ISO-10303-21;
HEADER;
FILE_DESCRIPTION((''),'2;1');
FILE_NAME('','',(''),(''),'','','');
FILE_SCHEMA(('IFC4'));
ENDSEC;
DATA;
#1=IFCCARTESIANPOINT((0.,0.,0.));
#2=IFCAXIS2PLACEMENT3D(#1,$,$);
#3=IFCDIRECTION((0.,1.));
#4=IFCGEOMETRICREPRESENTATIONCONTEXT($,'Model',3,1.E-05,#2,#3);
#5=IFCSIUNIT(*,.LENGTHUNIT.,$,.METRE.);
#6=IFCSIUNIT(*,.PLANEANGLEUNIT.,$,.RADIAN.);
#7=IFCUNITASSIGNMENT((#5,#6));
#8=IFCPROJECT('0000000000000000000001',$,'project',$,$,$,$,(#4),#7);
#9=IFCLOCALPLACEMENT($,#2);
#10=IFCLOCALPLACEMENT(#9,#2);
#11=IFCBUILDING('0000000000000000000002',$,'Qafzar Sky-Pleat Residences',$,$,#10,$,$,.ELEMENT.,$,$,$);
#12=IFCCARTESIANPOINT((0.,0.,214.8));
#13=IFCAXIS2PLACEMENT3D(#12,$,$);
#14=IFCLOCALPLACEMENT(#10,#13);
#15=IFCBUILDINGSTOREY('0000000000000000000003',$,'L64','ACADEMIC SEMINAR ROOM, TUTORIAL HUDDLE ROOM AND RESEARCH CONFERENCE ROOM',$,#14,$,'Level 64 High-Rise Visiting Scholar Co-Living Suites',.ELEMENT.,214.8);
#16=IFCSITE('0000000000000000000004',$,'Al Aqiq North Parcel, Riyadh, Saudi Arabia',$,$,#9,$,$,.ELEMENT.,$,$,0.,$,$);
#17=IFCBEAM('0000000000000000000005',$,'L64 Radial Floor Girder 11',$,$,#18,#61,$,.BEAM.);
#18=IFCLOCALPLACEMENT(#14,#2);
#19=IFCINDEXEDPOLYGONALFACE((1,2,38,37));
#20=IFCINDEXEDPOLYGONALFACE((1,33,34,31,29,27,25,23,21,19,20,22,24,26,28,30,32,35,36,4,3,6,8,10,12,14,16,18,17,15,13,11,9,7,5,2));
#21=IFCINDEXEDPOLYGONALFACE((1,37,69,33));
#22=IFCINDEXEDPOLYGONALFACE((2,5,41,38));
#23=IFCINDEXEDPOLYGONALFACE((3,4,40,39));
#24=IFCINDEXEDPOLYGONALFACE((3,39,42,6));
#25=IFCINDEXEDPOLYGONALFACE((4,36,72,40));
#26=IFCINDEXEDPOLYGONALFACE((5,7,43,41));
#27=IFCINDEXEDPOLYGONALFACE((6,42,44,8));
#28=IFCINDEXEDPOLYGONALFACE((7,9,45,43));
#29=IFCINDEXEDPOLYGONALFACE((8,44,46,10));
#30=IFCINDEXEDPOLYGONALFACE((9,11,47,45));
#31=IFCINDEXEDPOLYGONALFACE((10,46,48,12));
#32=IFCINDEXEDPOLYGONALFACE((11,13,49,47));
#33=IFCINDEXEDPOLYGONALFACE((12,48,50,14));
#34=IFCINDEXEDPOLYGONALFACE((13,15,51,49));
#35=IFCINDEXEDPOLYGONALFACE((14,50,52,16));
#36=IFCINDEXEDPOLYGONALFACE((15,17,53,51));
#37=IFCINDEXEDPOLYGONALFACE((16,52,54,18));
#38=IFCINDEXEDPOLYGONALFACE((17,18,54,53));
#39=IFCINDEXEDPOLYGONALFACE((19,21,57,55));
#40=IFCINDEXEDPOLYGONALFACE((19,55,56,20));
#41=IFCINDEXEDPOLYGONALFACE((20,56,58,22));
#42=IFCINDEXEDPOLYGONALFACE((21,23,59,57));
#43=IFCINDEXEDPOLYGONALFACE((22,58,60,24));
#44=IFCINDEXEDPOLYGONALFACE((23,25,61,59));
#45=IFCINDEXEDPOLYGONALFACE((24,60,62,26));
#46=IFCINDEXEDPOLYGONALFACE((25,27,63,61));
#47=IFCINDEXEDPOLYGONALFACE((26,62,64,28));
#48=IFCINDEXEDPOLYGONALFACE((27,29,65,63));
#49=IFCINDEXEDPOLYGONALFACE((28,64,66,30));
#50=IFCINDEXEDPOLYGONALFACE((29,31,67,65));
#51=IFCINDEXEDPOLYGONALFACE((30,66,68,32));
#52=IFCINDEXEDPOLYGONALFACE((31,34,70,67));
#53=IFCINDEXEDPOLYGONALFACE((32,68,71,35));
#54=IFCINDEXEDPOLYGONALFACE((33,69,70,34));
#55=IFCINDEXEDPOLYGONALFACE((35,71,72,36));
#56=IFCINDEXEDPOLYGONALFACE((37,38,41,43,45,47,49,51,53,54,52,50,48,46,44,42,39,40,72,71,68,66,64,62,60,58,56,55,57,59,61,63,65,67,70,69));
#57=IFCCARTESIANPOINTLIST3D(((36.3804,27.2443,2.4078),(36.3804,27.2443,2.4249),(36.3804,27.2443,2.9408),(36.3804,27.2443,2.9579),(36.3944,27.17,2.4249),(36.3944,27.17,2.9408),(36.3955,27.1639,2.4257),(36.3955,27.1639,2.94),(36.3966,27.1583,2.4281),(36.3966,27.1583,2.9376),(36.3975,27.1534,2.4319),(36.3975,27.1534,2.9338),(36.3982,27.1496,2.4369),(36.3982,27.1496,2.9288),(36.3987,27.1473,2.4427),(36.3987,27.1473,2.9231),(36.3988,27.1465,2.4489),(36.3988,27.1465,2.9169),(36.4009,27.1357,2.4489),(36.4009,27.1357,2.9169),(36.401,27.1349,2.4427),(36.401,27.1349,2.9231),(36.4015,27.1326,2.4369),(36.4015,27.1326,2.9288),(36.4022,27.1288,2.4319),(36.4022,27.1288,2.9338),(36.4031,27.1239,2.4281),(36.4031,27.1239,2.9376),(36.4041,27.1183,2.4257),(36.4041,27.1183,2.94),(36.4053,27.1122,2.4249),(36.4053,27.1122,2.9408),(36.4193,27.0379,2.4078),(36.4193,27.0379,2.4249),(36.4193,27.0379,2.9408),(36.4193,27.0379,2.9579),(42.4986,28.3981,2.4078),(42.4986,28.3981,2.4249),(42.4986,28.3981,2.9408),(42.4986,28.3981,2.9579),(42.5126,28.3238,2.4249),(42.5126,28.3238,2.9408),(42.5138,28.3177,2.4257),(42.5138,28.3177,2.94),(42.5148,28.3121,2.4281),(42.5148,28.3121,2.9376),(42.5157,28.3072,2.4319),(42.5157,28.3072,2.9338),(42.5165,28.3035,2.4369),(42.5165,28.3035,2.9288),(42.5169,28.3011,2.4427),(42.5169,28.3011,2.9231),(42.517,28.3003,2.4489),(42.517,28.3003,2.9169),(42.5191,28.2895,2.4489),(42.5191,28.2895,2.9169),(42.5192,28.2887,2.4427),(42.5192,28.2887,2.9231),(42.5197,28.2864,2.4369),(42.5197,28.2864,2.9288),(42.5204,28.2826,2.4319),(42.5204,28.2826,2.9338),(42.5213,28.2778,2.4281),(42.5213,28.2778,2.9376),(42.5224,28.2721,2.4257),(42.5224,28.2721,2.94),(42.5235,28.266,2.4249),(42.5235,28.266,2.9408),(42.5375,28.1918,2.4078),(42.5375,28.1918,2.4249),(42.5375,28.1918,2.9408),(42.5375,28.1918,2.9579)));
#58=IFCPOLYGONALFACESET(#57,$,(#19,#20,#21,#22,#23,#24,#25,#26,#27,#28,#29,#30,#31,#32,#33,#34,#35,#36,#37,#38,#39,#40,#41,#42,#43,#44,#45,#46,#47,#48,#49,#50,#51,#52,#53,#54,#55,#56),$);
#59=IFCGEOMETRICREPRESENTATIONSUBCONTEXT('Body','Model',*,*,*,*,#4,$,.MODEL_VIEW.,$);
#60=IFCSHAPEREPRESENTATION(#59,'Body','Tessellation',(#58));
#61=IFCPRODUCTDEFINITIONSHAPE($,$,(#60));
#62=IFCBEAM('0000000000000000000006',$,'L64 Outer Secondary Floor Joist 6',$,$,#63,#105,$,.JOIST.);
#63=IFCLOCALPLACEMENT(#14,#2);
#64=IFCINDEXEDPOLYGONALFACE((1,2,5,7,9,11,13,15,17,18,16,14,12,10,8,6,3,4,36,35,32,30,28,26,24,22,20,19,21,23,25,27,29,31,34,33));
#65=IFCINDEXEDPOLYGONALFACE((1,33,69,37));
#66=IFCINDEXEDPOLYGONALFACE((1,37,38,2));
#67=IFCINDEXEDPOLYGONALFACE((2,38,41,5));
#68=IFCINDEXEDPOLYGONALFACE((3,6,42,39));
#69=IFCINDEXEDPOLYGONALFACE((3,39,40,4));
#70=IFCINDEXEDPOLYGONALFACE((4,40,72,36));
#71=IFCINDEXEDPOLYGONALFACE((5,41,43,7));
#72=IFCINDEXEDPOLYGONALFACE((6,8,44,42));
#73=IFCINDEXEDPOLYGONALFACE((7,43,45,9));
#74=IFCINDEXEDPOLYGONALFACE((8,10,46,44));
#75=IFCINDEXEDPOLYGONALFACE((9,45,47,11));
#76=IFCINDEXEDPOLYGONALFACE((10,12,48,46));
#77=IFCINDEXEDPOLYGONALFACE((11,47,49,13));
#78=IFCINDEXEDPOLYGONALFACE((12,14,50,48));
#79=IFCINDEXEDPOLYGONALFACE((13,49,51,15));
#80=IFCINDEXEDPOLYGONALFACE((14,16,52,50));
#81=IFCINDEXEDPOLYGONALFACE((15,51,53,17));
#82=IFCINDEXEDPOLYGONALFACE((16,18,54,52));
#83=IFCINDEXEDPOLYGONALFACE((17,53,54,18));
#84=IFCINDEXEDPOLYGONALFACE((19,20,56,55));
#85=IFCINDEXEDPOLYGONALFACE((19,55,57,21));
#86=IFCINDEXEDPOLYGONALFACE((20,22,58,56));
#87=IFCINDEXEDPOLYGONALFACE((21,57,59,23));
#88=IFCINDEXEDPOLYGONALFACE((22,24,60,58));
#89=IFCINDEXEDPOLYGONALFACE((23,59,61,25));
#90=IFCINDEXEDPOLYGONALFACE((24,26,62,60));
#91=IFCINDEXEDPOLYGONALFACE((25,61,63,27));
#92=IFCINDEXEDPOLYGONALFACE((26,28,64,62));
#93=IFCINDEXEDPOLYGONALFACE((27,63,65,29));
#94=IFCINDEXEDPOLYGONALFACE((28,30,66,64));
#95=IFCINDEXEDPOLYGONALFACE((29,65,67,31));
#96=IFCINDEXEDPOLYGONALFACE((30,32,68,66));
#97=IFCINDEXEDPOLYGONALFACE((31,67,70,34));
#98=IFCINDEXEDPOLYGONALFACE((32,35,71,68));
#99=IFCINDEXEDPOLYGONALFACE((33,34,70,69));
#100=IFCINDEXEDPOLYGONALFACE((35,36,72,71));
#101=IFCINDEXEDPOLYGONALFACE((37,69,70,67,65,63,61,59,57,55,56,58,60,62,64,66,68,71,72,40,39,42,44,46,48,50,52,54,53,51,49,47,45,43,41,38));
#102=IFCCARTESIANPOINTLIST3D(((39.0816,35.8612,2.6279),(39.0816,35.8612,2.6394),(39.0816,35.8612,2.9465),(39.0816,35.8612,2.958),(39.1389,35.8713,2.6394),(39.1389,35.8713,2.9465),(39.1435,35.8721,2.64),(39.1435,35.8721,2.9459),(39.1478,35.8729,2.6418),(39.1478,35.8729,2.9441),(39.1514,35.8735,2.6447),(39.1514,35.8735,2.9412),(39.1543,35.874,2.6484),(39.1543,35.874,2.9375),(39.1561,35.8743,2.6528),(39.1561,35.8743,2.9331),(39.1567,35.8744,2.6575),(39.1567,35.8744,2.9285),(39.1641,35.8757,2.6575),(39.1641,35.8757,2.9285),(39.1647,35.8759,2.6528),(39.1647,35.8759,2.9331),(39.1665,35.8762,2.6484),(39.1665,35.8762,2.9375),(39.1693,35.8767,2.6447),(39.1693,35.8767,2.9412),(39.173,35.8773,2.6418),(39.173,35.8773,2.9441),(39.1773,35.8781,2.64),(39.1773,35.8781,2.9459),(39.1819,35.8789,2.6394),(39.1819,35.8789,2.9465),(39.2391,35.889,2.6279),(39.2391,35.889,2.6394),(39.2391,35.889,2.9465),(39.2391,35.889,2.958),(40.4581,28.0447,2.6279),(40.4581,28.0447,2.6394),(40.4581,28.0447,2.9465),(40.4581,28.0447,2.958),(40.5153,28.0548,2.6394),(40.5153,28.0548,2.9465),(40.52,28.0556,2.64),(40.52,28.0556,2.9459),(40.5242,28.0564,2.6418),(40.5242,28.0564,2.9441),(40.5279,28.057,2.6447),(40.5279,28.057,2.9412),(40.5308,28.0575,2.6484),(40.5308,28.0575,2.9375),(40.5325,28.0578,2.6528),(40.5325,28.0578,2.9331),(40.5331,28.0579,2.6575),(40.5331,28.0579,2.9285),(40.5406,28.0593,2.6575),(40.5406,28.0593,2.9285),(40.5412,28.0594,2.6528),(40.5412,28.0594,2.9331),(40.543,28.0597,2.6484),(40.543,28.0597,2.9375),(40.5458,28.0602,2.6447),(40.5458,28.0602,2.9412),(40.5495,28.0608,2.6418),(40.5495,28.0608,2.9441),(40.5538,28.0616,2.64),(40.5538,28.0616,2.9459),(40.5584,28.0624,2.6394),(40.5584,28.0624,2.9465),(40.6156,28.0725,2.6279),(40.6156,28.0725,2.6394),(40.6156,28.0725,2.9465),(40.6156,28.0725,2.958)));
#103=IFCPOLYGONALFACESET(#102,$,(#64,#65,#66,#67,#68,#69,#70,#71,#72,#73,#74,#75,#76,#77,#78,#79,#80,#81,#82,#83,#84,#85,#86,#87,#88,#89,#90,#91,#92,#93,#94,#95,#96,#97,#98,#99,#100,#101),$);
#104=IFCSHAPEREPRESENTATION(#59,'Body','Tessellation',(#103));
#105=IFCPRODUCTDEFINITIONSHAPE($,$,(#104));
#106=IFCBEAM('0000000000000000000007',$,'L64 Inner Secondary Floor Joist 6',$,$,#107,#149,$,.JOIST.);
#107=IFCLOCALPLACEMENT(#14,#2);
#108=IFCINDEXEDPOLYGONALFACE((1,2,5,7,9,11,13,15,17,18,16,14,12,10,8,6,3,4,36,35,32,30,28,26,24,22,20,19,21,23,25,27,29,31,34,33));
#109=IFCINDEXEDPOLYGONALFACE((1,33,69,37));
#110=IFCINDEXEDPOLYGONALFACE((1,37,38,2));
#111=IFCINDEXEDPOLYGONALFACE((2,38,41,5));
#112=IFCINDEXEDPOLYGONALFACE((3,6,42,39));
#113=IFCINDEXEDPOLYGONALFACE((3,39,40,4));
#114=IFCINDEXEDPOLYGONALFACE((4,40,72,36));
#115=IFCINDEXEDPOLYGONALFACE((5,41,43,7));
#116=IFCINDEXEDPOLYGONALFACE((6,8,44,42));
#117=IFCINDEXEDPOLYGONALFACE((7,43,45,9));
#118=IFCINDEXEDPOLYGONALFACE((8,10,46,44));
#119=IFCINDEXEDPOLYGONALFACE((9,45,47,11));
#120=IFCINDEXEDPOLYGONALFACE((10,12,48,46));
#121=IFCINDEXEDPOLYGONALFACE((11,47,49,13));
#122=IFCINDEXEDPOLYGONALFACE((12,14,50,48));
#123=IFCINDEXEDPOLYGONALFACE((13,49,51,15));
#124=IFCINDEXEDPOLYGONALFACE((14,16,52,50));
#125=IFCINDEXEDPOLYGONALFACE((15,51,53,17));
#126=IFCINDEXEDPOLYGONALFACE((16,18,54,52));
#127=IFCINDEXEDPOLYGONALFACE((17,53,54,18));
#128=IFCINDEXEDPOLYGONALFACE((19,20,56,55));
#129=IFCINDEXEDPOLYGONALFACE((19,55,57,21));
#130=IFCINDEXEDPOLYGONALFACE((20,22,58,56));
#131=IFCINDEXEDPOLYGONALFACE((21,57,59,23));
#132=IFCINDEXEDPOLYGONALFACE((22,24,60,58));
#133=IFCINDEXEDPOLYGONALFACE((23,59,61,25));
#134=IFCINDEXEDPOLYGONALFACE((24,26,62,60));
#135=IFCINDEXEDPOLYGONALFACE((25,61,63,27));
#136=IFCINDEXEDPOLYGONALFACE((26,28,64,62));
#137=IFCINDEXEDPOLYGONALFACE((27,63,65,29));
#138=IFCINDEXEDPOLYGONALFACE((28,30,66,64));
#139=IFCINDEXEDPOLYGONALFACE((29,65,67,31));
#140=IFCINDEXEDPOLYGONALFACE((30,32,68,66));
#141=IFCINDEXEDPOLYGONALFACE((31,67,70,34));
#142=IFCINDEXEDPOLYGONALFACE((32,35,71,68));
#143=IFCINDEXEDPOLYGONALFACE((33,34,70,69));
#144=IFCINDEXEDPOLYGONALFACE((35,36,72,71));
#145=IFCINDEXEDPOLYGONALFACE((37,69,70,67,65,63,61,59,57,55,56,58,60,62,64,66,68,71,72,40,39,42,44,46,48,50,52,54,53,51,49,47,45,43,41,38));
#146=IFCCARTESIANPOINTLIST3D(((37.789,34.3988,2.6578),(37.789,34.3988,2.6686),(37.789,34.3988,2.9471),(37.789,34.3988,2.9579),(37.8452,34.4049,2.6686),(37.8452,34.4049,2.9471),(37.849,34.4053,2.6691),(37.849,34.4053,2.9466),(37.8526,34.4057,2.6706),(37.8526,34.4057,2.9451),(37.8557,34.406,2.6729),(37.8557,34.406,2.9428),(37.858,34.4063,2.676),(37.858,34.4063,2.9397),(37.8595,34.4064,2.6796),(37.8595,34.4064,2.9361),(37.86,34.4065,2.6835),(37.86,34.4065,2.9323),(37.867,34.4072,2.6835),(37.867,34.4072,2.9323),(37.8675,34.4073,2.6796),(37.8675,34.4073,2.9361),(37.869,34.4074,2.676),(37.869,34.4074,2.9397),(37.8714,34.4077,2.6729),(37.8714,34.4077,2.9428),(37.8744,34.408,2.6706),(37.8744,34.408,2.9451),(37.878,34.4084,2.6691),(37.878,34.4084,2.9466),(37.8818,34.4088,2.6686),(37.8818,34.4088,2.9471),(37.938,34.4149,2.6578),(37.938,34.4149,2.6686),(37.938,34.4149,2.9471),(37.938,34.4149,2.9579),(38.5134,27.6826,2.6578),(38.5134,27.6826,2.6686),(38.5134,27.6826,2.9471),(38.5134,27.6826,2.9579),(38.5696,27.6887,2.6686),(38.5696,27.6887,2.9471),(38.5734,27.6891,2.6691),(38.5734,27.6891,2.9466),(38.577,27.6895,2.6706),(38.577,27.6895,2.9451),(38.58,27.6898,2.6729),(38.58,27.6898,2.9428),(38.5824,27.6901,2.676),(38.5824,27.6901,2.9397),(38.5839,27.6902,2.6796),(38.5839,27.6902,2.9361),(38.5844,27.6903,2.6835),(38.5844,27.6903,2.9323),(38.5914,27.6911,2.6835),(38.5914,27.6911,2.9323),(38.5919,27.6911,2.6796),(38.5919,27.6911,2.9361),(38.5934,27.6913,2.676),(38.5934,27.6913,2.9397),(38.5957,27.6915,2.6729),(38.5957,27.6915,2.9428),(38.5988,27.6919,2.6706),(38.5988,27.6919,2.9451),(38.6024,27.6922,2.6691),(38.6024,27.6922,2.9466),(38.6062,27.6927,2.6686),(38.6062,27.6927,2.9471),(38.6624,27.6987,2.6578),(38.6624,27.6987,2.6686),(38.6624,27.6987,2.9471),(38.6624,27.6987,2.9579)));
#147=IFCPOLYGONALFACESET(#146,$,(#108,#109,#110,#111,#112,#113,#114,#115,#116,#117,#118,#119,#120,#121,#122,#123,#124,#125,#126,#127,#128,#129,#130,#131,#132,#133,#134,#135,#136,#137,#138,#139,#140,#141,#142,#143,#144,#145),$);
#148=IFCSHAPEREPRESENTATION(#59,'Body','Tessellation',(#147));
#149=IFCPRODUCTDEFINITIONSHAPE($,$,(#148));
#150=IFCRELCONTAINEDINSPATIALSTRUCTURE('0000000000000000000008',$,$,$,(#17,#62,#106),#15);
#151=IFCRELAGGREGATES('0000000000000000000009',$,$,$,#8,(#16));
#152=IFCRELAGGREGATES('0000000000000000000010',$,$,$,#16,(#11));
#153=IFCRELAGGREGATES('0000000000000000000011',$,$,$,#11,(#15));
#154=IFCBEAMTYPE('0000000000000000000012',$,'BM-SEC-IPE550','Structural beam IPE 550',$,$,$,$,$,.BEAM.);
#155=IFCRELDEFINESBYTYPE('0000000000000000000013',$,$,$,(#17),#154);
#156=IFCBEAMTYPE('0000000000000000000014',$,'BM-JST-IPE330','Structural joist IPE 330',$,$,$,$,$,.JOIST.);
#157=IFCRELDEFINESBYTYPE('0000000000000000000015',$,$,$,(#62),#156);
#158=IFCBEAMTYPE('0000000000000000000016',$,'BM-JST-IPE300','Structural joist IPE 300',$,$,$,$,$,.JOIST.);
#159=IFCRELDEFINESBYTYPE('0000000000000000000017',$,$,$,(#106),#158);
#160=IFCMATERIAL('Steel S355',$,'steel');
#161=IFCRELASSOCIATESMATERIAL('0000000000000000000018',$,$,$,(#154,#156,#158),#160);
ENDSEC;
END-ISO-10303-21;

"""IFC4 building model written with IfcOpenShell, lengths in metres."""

from ifc_helpers import new_model, si_unit, direction, frame, origin, origin_2d, place, context, subcontext, project, spatial, i_section, extrude, source, transform, mapped, material, material_profile, profile_set, type_object, element, save


model = new_model("IFC4")

# Units and contexts
model_context = context("Model", 3, precision=1e-05, world=origin(), true_north=direction((0.0, 1.0)))
body_context = subcontext(model_context, "Body", "Model", "MODEL_VIEW")
ifc_project = project(units=[si_unit("LENGTHUNIT", "METRE"), si_unit("PLANEANGLEUNIT", "RADIAN")], contexts=[model_context])

# Site, building, storey
site_placement = place(None, origin())
site = spatial("IfcSite", under=ifc_project, at=site_placement, Name="Al Aqiq North Parcel, Riyadh, Saudi Arabia", CompositionType="ELEMENT", RefElevation=0.0)
building_placement = place(site_placement, origin())
building = spatial("IfcBuilding", under=site, at=building_placement, Name="Qafzar Sky-Pleat Residences", CompositionType="ELEMENT")
storey_placement = place(building_placement, frame((0.0, 0.0, 214.8)))
storey = spatial("IfcBuildingStorey", under=building, at=storey_placement, Name="L64", Description="ACADEMIC SEMINAR ROOM, TUTORIAL HUDDLE ROOM AND RESEARCH CONFERENCE ROOM", LongName="Level 64 High-Rise Visiting Scholar Co-Living Suites", CompositionType="ELEMENT", Elevation=214.8)

# Shared definitions
ifc_material_1 = material(Name="Steel S355", Category="steel")

# Beams
ifc_material_profile_1 = material_profile(ifc_material_1, i_section(OverallWidth=0.21, OverallDepth=0.55, WebThickness=0.011, FlangeThickness=0.0171, FilletRadius=0.0239, at=origin_2d()), Name="IPE 550")
ifc_profile_set_1 = profile_set([ifc_material_profile_1], Name="Steel S355")
beam_type_1 = type_object("IfcBeamType", Name="BM-SEC-IPE550", Description="Structural beam IPE 550", PredefinedType="BEAM", material=ifc_profile_set_1)
shared_shape_1 = source(origin(), body_context, "Body", "SweptSolid", [
    extrude(i_section(OverallWidth=0.21, OverallDepth=0.55, WebThickness=0.011, FlangeThickness=0.0171, FilletRadius=0.0239, at=origin_2d()), origin(), (0.0, 0.0, 1.0), 6.2261),
])
beam_1_placement = place(storey_placement, frame((42.5181, 28.2949, 2.6829), z_axis=(-0.982678, -0.185321, 0.0), x_axis=(0.185321, -0.982678, 0.0)))
element("IfcBeam", 1, at=beam_1_placement, inside=storey, type_object=beam_type_1, Name="L64 Radial Floor Girder 11", PredefinedType="BEAM", context=body_context, shape_type="MappedRepresentation", body=[
    mapped(shared_shape_1, transform((0.0, 0.0, 0.0), x_axis=(1.0, 0.0, 0.0), y_axis=(0.0, 1.0, 0.0), z_axis=(0.0, 0.0, 1.0), scale=1.0)),
])
ifc_material_profile_2 = material_profile(ifc_material_1, i_section(OverallWidth=0.1599, OverallDepth=0.3301, WebThickness=0.0076, FlangeThickness=0.0115, FilletRadius=0.0181, at=origin_2d()), Name="IPE 330")
ifc_profile_set_2 = profile_set([ifc_material_profile_2], Name="Steel S355")
beam_type_2 = type_object("IfcBeamType", Name="BM-JST-IPE330", Description="Structural joist IPE 330", PredefinedType="JOIST", material=ifc_profile_set_2)
shared_shape_2 = source(origin(), body_context, "Body", "SweptSolid", [
    extrude(i_section(OverallWidth=0.1599, OverallDepth=0.3301, WebThickness=0.0076, FlangeThickness=0.0115, FilletRadius=0.0181, at=origin_2d()), origin(), (0.0, 0.0, 1.0), 7.9368),
])
beam_2_placement = place(storey_placement, frame((40.5369, 28.0586, 2.793), z_axis=(-0.173431, 0.984846, 0.0), x_axis=(-0.984846, -0.173431, 0.0)))
element("IfcBeam", 2, at=beam_2_placement, inside=storey, type_object=beam_type_2, Name="L64 Outer Secondary Floor Joist 6", PredefinedType="JOIST", context=body_context, shape_type="MappedRepresentation", body=[
    mapped(shared_shape_2, transform((0.0, 0.0, 0.0), x_axis=(1.0, 0.0, 0.0), y_axis=(0.0, 1.0, 0.0), z_axis=(0.0, 0.0, 1.0), scale=1.0)),
])
ifc_material_profile_3 = material_profile(ifc_material_1, i_section(OverallWidth=0.1499, OverallDepth=0.3, WebThickness=0.0071, FlangeThickness=0.0107, FilletRadius=0.0149, at=origin_2d()), Name="IPE 300")
ifc_profile_set_3 = profile_set([ifc_material_profile_3], Name="Steel S355")
beam_type_3 = type_object("IfcBeamType", Name="BM-JST-IPE300", Description="Structural joist IPE 300", PredefinedType="JOIST", material=ifc_profile_set_3)
shared_shape_3 = source(origin(), body_context, "Body", "SweptSolid", [
    extrude(i_section(OverallWidth=0.1499, OverallDepth=0.3, WebThickness=0.0071, FlangeThickness=0.0107, FilletRadius=0.0149, at=origin_2d()), origin(), (0.0, 0.0, 1.0), 6.7551),
])
beam_3_placement = place(storey_placement, frame((38.5879, 27.6907, 2.8079), z_axis=(-0.107234, 0.994234, 0.0), x_axis=(-0.994234, -0.107234, 0.0)))
element("IfcBeam", 3, at=beam_3_placement, inside=storey, type_object=beam_type_3, Name="L64 Inner Secondary Floor Joist 6", PredefinedType="JOIST", context=body_context, shape_type="MappedRepresentation", body=[
    mapped(shared_shape_3, transform((0.0, 0.0, 0.0), x_axis=(1.0, 0.0, 0.0), y_axis=(0.0, 1.0, 0.0), z_axis=(0.0, 0.0, 1.0), scale=1.0)),
])

save(model, "model.ifc")
